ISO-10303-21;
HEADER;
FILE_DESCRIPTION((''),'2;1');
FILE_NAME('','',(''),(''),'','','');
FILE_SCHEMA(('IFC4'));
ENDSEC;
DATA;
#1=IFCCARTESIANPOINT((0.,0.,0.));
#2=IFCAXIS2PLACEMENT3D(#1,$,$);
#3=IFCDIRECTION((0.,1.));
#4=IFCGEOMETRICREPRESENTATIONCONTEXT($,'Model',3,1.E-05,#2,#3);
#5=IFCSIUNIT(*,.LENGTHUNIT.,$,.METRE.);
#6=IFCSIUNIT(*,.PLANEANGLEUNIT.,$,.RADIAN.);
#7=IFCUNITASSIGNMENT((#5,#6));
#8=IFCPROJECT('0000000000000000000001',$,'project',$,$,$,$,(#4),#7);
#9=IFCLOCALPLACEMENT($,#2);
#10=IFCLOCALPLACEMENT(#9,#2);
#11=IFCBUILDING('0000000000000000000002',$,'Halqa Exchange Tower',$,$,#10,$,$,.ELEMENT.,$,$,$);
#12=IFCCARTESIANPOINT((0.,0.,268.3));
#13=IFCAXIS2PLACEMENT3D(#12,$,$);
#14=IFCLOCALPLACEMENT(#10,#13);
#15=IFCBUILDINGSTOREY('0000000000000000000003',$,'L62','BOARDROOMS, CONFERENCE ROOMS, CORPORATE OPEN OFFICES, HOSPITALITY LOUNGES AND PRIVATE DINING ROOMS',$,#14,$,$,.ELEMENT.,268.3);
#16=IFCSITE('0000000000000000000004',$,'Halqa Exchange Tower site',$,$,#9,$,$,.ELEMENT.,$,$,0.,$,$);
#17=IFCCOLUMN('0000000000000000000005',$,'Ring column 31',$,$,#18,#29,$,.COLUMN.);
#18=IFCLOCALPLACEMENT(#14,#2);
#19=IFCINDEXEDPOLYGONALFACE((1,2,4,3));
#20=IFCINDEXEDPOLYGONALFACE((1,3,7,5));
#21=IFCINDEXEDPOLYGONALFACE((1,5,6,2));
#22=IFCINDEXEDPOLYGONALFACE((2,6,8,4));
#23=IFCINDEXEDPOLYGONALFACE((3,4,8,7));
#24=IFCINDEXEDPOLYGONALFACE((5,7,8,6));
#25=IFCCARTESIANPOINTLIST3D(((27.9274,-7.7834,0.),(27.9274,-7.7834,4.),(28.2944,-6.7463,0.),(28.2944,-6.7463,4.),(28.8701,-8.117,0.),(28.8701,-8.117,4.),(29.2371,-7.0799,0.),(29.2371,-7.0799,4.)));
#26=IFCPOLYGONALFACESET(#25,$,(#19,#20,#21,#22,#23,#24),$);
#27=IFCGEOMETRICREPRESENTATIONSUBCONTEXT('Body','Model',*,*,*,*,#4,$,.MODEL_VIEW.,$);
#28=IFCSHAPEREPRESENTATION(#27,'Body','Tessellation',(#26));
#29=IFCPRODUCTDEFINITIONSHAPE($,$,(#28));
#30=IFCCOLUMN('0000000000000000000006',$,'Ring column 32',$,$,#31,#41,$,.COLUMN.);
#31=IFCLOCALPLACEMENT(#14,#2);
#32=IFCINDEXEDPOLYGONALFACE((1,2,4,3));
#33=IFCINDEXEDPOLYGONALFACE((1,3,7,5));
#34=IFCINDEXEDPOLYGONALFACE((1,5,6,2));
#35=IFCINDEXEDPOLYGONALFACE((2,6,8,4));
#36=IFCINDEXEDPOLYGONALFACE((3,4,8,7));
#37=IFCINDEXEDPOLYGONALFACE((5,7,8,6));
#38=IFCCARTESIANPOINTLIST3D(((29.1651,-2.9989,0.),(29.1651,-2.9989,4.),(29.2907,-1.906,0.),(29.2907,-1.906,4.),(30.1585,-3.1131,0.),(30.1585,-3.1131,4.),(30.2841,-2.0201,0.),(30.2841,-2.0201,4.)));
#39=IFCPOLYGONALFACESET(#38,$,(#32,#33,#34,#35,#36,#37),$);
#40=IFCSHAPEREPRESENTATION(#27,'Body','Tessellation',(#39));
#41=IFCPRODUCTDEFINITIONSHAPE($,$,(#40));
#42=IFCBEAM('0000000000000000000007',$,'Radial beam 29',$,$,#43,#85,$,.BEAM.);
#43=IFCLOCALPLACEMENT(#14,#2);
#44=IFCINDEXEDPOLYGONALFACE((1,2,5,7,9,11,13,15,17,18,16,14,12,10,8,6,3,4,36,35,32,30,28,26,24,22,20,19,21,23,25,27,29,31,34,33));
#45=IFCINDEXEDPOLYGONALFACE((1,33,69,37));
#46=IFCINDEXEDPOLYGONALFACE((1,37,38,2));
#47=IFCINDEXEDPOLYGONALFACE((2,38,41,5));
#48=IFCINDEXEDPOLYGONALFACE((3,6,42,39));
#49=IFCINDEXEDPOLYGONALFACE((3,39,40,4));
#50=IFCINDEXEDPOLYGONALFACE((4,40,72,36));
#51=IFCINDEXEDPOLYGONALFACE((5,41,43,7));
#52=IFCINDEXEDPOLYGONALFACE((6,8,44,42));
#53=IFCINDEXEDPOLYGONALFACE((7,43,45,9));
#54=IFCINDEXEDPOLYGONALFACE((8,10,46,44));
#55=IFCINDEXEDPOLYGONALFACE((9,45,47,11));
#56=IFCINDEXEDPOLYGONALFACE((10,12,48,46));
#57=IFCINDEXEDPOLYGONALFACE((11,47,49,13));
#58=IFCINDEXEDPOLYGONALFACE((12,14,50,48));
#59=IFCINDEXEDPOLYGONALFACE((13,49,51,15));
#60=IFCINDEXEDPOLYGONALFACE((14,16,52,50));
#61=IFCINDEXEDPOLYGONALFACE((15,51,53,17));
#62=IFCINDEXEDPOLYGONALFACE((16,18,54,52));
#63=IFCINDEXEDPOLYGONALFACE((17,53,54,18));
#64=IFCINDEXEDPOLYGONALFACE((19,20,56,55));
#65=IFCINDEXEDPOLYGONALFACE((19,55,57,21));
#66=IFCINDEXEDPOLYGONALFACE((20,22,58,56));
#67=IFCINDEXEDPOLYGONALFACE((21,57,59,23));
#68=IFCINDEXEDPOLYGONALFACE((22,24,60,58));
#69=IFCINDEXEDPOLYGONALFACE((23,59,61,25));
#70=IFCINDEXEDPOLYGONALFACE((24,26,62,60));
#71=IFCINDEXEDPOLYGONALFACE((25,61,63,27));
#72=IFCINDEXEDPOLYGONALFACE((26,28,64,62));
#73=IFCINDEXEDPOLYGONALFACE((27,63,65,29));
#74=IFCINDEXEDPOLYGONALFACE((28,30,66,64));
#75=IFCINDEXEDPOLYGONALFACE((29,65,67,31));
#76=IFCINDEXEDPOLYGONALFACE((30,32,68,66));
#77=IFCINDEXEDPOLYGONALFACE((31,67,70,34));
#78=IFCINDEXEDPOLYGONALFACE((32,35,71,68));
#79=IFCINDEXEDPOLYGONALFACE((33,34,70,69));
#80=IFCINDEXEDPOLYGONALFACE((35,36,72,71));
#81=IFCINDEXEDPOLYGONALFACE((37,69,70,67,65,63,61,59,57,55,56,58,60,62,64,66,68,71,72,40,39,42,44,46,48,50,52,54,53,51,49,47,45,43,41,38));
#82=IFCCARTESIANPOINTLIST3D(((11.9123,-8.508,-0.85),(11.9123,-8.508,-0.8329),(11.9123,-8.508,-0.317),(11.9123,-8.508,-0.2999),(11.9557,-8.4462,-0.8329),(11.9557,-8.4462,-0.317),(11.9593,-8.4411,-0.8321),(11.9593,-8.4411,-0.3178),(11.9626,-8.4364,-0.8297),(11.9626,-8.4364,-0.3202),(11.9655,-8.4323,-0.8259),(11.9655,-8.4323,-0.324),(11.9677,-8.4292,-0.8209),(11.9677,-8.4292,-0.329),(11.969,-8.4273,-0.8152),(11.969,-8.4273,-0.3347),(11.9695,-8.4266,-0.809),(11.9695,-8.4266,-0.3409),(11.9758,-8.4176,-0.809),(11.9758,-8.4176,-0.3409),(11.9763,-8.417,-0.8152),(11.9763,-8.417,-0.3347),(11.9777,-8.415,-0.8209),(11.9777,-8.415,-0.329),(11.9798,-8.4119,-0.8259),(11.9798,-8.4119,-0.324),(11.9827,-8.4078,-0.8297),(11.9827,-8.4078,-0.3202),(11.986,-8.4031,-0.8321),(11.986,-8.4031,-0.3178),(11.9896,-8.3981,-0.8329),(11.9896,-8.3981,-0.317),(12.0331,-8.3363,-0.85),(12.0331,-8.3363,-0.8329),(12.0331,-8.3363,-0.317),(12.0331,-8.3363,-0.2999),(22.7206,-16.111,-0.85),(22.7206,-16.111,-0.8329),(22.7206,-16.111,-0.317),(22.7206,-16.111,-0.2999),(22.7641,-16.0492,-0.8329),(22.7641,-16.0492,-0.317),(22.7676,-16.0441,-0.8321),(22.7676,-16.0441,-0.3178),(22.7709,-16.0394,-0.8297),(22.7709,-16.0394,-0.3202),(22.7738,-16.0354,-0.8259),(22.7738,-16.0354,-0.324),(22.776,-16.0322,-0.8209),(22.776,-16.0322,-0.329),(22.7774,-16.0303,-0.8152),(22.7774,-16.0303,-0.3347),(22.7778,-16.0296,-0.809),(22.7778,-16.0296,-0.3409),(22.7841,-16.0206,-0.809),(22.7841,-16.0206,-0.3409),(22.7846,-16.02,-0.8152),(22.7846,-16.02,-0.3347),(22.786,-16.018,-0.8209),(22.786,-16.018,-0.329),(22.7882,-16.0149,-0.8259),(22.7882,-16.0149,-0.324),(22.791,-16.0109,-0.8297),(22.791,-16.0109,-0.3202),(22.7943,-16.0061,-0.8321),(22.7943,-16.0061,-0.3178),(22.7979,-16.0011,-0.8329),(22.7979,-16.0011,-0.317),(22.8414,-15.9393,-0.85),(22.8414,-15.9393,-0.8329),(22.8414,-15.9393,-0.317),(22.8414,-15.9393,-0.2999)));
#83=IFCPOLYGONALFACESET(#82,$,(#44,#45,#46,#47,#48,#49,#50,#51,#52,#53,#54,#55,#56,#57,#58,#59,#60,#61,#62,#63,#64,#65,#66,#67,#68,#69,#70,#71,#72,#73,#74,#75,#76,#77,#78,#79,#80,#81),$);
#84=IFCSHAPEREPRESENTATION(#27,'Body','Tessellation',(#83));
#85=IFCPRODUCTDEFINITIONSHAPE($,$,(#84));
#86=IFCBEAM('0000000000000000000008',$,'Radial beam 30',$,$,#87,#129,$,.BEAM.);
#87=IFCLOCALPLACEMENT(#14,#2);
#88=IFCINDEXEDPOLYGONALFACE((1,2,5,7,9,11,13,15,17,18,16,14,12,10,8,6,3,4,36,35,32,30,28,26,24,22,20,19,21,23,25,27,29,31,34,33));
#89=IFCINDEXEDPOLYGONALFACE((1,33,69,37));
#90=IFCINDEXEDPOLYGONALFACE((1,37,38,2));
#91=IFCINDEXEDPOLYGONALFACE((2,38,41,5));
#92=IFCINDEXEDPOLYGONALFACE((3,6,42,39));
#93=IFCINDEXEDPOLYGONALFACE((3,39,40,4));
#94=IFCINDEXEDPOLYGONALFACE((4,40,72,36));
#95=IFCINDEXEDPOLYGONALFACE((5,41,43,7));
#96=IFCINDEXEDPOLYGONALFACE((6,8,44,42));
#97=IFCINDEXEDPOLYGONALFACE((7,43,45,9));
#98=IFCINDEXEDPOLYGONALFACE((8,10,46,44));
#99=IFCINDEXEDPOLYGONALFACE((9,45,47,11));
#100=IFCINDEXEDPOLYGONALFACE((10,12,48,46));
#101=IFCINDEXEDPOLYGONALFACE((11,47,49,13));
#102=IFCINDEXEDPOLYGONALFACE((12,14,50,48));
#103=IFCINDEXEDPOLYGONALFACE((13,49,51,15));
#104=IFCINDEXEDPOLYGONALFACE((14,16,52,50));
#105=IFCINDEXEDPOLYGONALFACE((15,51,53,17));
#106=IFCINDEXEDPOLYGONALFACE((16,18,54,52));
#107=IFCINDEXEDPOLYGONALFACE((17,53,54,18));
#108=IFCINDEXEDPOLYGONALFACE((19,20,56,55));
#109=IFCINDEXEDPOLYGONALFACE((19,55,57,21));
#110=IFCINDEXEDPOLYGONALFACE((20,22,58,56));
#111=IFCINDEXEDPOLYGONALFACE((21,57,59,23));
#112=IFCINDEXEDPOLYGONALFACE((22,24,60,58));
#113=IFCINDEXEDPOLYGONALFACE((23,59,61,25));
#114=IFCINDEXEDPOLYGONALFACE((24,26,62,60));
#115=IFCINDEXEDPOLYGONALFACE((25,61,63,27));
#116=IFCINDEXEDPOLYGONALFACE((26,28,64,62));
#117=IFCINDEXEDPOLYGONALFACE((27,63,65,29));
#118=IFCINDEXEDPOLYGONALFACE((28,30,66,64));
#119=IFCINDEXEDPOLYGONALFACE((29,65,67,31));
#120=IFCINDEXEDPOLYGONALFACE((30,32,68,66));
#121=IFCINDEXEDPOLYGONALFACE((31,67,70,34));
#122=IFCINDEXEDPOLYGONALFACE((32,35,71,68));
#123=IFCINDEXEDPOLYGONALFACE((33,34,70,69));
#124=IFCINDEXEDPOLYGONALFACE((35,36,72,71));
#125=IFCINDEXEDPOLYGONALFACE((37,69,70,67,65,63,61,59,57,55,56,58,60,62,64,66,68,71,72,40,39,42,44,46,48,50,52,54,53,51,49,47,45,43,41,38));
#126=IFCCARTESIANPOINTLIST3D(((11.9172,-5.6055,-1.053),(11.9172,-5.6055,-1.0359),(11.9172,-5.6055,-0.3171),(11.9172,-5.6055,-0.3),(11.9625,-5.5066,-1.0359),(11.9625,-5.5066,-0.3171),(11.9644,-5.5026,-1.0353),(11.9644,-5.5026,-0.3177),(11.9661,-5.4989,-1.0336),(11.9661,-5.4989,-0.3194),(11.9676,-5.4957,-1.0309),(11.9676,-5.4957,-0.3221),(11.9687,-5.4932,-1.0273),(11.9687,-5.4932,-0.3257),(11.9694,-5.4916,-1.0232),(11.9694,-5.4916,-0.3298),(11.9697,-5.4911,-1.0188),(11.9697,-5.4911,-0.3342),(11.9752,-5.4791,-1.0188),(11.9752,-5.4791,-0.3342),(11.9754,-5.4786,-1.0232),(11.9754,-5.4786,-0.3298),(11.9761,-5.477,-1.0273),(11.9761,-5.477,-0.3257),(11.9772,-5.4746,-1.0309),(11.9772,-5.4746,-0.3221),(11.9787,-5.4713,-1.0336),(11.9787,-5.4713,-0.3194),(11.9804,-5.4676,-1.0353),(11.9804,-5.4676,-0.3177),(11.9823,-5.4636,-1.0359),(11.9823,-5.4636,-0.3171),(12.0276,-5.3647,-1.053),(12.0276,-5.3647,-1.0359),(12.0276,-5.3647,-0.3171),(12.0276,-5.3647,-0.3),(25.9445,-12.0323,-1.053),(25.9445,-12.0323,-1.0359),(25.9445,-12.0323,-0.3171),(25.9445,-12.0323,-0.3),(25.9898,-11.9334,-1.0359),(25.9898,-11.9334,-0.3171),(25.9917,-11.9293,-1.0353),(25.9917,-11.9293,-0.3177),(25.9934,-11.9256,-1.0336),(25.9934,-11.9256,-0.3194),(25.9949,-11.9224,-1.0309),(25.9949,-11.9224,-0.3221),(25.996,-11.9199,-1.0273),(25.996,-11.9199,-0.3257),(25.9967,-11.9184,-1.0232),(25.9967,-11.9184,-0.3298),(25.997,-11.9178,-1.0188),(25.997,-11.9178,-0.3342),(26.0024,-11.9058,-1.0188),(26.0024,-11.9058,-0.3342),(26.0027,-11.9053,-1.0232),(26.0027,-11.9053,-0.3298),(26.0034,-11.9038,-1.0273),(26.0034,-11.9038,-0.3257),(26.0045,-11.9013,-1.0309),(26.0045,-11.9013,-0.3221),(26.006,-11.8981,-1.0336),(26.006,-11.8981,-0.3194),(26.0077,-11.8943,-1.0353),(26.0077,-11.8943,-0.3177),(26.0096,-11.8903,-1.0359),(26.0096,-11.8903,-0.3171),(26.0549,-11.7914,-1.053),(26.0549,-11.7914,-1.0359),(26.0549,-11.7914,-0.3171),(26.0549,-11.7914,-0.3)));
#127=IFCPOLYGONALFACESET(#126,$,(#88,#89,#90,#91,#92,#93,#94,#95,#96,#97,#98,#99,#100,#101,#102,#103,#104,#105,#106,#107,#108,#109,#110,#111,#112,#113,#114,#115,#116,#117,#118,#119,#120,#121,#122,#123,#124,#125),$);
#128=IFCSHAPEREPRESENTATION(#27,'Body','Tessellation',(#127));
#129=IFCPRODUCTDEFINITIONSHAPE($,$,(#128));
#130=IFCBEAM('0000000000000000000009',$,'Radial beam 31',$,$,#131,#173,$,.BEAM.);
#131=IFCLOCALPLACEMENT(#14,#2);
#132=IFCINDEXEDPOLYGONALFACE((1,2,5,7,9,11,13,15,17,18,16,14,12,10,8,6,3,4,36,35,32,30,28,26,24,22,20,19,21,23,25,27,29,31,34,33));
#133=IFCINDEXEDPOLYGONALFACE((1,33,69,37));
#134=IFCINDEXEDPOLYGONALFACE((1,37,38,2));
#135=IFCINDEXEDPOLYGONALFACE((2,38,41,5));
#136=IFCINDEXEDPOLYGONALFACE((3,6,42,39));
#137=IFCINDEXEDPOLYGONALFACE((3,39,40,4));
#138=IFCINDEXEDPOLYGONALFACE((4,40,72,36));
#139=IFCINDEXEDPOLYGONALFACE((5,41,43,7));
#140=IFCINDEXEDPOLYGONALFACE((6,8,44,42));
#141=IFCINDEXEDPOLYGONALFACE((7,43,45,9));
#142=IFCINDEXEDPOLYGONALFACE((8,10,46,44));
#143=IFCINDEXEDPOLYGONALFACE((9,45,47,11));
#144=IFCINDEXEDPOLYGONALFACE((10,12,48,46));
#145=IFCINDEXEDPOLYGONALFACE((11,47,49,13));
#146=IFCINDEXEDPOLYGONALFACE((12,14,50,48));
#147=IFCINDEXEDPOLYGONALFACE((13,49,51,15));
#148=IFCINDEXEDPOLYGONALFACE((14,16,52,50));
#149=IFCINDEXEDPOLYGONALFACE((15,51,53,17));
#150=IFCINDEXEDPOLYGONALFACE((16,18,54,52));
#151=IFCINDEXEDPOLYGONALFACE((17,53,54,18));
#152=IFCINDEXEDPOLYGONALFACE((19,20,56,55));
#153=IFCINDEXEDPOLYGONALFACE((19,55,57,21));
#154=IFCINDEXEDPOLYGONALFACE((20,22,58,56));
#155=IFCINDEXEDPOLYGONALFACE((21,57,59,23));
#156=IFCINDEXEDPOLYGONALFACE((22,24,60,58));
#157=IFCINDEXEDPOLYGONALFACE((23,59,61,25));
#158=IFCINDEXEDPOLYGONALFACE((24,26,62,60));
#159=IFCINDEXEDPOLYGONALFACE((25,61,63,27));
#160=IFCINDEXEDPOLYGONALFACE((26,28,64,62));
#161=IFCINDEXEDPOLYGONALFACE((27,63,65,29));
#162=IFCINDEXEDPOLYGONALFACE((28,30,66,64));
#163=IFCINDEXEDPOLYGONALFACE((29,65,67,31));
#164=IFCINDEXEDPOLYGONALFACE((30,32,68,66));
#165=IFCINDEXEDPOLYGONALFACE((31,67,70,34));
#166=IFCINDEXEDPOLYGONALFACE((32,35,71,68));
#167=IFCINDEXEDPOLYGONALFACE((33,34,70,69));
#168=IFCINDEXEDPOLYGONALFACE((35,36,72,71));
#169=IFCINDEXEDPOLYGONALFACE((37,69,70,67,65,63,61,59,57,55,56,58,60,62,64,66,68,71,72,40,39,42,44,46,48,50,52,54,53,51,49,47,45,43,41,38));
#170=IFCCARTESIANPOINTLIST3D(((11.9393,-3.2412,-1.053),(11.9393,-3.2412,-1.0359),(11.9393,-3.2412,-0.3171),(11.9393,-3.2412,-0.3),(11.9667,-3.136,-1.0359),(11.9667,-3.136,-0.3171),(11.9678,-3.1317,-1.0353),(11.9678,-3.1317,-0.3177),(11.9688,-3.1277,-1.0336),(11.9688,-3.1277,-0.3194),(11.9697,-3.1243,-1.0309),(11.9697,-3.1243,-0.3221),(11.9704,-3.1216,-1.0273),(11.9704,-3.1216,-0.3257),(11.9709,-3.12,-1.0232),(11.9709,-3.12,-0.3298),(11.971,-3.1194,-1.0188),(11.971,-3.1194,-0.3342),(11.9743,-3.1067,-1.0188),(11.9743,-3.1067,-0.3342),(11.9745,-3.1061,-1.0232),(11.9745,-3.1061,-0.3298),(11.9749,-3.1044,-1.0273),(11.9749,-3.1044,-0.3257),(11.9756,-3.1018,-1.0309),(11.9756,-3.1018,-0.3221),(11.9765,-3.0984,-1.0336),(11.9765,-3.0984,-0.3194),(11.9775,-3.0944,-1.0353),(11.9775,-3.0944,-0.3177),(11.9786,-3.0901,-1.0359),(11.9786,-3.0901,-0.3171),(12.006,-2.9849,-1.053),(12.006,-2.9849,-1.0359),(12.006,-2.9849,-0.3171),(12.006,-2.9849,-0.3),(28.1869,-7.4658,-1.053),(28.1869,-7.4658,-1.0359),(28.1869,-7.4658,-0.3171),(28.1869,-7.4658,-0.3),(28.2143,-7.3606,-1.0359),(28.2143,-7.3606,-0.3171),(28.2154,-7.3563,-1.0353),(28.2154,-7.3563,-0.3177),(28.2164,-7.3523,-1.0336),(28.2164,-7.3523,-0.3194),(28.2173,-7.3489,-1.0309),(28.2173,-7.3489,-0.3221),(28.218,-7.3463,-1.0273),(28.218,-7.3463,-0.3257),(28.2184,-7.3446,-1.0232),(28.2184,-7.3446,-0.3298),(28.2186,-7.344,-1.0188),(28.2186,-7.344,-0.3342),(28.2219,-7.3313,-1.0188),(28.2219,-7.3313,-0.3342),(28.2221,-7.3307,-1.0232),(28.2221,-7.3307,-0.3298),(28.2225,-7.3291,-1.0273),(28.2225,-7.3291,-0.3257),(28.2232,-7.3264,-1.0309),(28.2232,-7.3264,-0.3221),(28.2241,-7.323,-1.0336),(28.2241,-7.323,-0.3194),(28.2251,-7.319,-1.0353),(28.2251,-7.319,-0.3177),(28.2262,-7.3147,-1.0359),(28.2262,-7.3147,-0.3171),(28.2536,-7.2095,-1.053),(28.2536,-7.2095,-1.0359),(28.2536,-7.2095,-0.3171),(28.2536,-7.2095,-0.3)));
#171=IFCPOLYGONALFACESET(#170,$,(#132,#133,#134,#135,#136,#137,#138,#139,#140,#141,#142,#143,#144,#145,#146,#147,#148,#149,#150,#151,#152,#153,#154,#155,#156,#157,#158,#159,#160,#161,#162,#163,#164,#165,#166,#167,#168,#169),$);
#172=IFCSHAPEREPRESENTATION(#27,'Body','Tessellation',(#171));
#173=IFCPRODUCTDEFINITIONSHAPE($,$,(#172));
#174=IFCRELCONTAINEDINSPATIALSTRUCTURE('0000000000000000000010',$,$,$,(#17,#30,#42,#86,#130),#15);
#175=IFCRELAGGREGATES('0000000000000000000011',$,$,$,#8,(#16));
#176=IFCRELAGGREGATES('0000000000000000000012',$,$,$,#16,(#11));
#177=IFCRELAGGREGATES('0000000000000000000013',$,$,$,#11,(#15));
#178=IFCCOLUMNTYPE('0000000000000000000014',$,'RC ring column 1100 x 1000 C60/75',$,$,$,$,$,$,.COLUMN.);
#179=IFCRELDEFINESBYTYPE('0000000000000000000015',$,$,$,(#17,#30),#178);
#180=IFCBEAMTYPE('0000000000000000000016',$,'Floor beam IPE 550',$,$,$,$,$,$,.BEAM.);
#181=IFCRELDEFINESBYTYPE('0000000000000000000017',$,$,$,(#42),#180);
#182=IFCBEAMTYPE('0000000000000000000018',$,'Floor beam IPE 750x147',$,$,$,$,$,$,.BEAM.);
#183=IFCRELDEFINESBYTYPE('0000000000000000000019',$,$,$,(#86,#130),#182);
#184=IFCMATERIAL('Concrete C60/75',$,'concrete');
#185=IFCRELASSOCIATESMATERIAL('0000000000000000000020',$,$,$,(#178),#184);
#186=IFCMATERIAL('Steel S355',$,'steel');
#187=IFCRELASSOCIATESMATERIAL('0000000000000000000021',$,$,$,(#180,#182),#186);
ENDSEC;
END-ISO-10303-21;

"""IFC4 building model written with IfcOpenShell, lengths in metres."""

from ifc_helpers import new_model, si_unit, direction, frame, origin, origin_2d, place, context, subcontext, project, spatial, rectangle, i_section, extrude, material, material_profile, profile_set, type_object, element, save


model = new_model("IFC4")

# Units and contexts
model_context = context("Model", 3, precision=1e-05, world=origin(), true_north=direction((0.0, 1.0)))
body_context = subcontext(model_context, "Body", "Model", "MODEL_VIEW")
ifc_project = project(units=[si_unit("LENGTHUNIT", "METRE"), si_unit("PLANEANGLEUNIT", "RADIAN")], contexts=[model_context])

# Site, building, storey
site_placement = place(None, origin())
site = spatial("IfcSite", under=ifc_project, at=site_placement, Name="Halqa Exchange Tower site", CompositionType="ELEMENT", RefElevation=0.0)
building_placement = place(site_placement, origin())
building = spatial("IfcBuilding", under=site, at=building_placement, Name="Halqa Exchange Tower", CompositionType="ELEMENT")
storey_placement = place(building_placement, frame((0.0, 0.0, 268.3)))
storey = spatial("IfcBuildingStorey", under=building, at=storey_placement, Name="L62", Description="BOARDROOMS, CONFERENCE ROOMS, CORPORATE OPEN OFFICES, HOSPITALITY LOUNGES AND PRIVATE DINING ROOMS", CompositionType="ELEMENT", Elevation=268.3)

# Columns
ifc_material_1 = material(Name="Concrete C60/75", Category="concrete")
ifc_material_profile_1 = material_profile(ifc_material_1, rectangle(XDim=1.1001, YDim=1.0, at=origin_2d()), Name="1100 x 1000")
ifc_profile_set_1 = profile_set([ifc_material_profile_1], Name="Concrete C60/75")
column_type = type_object("IfcColumnType", Name="RC ring column 1100 x 1000 C60/75", PredefinedType="COLUMN", material=ifc_profile_set_1)
for number, where, z_axis, x_axis, name in (
    (1, (28.5823, -7.4316, 0.0), (0.0, 0.0, 1.0), (0.333628, 0.942705, 0.0), "Ring column 31"),
    (2, (29.7246, -2.5095, 0.0), (0.0, 0.0, 1.0), (0.114155, 0.993463, 0.0), "Ring column 32"),
):
    element("IfcColumn", number, at=place(storey_placement, frame(where, z_axis=z_axis, x_axis=x_axis)), inside=storey, type_object=column_type, Name=name, PredefinedType="COLUMN", context=body_context, shape_type="SweptSolid", body=[
        extrude(rectangle(XDim=1.1001, YDim=1.0, at=origin_2d()), origin(), (0.0, 0.0, 1.0), 4.0),
    ])

# Beams
ifc_material_2 = material(Name="Steel S355", Category="steel")
ifc_material_profile_2 = material_profile(ifc_material_2, i_section(OverallWidth=0.21, OverallDepth=0.55, WebThickness=0.011, FlangeThickness=0.0171, FilletRadius=0.0239, at=origin_2d()), Name="IPE 550")
ifc_profile_set_2 = profile_set([ifc_material_profile_2], Name="Steel S355")
beam_type_1 = type_object("IfcBeamType", Name="Floor beam IPE 550", PredefinedType="BEAM", material=ifc_profile_set_2)
beam_1_placement = place(storey_placement, frame((11.9727, -8.4221, -0.575), z_axis=(0.817908, -0.575349, 0.0), x_axis=(0.575349, 0.817908, 0.0)))
element("IfcBeam", 3, at=beam_1_placement, inside=storey, type_object=beam_type_1, Name="Radial beam 29", PredefinedType="BEAM", context=body_context, shape_type="SweptSolid", body=[
    extrude(i_section(OverallWidth=0.21, OverallDepth=0.55, WebThickness=0.011, FlangeThickness=0.0171, FilletRadius=0.0239, at=origin_2d()), origin(), (0.0, 0.0, 1.0), 13.2146),
])
ifc_material_profile_3 = material_profile(ifc_material_2, i_section(OverallWidth=0.2649, OverallDepth=0.7529, WebThickness=0.0132, FlangeThickness=0.0171, FilletRadius=0.0171, at=origin_2d()), Name="IPE 750x147")
ifc_profile_set_3 = profile_set([ifc_material_profile_3], Name="Steel S355")
beam_type_2 = type_object("IfcBeamType", Name="Floor beam IPE 750x147", PredefinedType="BEAM", material=ifc_profile_set_3)
beam_2_placement = place(storey_placement, frame((11.9724, -5.4851, -0.6765), z_axis=(0.909125, -0.416524, 0.0), x_axis=(0.416524, 0.909125, 0.0)))
element("IfcBeam", 4, at=beam_2_placement, inside=storey, type_object=beam_type_2, Name="Radial beam 30", PredefinedType="BEAM", context=body_context, shape_type="SweptSolid", body=[
    extrude(i_section(OverallWidth=0.2649, OverallDepth=0.7529, WebThickness=0.0132, FlangeThickness=0.0171, FilletRadius=0.0171, at=origin_2d()), origin(), (0.0, 0.0, 1.0), 15.4294),
])
beam_3_placement = place(storey_placement, frame((11.9727, -3.113, -0.6765), z_axis=(0.967819, -0.251647, 0.0), x_axis=(0.251647, 0.967819, 0.0)))
element("IfcBeam", 5, at=beam_3_placement, inside=storey, type_object=beam_type_2, Name="Radial beam 31", PredefinedType="BEAM", context=body_context, shape_type="SweptSolid", body=[
    extrude(i_section(OverallWidth=0.2649, OverallDepth=0.7529, WebThickness=0.0132, FlangeThickness=0.0171, FilletRadius=0.0171, at=origin_2d()), origin(), (0.0, 0.0, 1.0), 16.7878),
])

save(model, "model.ifc")
